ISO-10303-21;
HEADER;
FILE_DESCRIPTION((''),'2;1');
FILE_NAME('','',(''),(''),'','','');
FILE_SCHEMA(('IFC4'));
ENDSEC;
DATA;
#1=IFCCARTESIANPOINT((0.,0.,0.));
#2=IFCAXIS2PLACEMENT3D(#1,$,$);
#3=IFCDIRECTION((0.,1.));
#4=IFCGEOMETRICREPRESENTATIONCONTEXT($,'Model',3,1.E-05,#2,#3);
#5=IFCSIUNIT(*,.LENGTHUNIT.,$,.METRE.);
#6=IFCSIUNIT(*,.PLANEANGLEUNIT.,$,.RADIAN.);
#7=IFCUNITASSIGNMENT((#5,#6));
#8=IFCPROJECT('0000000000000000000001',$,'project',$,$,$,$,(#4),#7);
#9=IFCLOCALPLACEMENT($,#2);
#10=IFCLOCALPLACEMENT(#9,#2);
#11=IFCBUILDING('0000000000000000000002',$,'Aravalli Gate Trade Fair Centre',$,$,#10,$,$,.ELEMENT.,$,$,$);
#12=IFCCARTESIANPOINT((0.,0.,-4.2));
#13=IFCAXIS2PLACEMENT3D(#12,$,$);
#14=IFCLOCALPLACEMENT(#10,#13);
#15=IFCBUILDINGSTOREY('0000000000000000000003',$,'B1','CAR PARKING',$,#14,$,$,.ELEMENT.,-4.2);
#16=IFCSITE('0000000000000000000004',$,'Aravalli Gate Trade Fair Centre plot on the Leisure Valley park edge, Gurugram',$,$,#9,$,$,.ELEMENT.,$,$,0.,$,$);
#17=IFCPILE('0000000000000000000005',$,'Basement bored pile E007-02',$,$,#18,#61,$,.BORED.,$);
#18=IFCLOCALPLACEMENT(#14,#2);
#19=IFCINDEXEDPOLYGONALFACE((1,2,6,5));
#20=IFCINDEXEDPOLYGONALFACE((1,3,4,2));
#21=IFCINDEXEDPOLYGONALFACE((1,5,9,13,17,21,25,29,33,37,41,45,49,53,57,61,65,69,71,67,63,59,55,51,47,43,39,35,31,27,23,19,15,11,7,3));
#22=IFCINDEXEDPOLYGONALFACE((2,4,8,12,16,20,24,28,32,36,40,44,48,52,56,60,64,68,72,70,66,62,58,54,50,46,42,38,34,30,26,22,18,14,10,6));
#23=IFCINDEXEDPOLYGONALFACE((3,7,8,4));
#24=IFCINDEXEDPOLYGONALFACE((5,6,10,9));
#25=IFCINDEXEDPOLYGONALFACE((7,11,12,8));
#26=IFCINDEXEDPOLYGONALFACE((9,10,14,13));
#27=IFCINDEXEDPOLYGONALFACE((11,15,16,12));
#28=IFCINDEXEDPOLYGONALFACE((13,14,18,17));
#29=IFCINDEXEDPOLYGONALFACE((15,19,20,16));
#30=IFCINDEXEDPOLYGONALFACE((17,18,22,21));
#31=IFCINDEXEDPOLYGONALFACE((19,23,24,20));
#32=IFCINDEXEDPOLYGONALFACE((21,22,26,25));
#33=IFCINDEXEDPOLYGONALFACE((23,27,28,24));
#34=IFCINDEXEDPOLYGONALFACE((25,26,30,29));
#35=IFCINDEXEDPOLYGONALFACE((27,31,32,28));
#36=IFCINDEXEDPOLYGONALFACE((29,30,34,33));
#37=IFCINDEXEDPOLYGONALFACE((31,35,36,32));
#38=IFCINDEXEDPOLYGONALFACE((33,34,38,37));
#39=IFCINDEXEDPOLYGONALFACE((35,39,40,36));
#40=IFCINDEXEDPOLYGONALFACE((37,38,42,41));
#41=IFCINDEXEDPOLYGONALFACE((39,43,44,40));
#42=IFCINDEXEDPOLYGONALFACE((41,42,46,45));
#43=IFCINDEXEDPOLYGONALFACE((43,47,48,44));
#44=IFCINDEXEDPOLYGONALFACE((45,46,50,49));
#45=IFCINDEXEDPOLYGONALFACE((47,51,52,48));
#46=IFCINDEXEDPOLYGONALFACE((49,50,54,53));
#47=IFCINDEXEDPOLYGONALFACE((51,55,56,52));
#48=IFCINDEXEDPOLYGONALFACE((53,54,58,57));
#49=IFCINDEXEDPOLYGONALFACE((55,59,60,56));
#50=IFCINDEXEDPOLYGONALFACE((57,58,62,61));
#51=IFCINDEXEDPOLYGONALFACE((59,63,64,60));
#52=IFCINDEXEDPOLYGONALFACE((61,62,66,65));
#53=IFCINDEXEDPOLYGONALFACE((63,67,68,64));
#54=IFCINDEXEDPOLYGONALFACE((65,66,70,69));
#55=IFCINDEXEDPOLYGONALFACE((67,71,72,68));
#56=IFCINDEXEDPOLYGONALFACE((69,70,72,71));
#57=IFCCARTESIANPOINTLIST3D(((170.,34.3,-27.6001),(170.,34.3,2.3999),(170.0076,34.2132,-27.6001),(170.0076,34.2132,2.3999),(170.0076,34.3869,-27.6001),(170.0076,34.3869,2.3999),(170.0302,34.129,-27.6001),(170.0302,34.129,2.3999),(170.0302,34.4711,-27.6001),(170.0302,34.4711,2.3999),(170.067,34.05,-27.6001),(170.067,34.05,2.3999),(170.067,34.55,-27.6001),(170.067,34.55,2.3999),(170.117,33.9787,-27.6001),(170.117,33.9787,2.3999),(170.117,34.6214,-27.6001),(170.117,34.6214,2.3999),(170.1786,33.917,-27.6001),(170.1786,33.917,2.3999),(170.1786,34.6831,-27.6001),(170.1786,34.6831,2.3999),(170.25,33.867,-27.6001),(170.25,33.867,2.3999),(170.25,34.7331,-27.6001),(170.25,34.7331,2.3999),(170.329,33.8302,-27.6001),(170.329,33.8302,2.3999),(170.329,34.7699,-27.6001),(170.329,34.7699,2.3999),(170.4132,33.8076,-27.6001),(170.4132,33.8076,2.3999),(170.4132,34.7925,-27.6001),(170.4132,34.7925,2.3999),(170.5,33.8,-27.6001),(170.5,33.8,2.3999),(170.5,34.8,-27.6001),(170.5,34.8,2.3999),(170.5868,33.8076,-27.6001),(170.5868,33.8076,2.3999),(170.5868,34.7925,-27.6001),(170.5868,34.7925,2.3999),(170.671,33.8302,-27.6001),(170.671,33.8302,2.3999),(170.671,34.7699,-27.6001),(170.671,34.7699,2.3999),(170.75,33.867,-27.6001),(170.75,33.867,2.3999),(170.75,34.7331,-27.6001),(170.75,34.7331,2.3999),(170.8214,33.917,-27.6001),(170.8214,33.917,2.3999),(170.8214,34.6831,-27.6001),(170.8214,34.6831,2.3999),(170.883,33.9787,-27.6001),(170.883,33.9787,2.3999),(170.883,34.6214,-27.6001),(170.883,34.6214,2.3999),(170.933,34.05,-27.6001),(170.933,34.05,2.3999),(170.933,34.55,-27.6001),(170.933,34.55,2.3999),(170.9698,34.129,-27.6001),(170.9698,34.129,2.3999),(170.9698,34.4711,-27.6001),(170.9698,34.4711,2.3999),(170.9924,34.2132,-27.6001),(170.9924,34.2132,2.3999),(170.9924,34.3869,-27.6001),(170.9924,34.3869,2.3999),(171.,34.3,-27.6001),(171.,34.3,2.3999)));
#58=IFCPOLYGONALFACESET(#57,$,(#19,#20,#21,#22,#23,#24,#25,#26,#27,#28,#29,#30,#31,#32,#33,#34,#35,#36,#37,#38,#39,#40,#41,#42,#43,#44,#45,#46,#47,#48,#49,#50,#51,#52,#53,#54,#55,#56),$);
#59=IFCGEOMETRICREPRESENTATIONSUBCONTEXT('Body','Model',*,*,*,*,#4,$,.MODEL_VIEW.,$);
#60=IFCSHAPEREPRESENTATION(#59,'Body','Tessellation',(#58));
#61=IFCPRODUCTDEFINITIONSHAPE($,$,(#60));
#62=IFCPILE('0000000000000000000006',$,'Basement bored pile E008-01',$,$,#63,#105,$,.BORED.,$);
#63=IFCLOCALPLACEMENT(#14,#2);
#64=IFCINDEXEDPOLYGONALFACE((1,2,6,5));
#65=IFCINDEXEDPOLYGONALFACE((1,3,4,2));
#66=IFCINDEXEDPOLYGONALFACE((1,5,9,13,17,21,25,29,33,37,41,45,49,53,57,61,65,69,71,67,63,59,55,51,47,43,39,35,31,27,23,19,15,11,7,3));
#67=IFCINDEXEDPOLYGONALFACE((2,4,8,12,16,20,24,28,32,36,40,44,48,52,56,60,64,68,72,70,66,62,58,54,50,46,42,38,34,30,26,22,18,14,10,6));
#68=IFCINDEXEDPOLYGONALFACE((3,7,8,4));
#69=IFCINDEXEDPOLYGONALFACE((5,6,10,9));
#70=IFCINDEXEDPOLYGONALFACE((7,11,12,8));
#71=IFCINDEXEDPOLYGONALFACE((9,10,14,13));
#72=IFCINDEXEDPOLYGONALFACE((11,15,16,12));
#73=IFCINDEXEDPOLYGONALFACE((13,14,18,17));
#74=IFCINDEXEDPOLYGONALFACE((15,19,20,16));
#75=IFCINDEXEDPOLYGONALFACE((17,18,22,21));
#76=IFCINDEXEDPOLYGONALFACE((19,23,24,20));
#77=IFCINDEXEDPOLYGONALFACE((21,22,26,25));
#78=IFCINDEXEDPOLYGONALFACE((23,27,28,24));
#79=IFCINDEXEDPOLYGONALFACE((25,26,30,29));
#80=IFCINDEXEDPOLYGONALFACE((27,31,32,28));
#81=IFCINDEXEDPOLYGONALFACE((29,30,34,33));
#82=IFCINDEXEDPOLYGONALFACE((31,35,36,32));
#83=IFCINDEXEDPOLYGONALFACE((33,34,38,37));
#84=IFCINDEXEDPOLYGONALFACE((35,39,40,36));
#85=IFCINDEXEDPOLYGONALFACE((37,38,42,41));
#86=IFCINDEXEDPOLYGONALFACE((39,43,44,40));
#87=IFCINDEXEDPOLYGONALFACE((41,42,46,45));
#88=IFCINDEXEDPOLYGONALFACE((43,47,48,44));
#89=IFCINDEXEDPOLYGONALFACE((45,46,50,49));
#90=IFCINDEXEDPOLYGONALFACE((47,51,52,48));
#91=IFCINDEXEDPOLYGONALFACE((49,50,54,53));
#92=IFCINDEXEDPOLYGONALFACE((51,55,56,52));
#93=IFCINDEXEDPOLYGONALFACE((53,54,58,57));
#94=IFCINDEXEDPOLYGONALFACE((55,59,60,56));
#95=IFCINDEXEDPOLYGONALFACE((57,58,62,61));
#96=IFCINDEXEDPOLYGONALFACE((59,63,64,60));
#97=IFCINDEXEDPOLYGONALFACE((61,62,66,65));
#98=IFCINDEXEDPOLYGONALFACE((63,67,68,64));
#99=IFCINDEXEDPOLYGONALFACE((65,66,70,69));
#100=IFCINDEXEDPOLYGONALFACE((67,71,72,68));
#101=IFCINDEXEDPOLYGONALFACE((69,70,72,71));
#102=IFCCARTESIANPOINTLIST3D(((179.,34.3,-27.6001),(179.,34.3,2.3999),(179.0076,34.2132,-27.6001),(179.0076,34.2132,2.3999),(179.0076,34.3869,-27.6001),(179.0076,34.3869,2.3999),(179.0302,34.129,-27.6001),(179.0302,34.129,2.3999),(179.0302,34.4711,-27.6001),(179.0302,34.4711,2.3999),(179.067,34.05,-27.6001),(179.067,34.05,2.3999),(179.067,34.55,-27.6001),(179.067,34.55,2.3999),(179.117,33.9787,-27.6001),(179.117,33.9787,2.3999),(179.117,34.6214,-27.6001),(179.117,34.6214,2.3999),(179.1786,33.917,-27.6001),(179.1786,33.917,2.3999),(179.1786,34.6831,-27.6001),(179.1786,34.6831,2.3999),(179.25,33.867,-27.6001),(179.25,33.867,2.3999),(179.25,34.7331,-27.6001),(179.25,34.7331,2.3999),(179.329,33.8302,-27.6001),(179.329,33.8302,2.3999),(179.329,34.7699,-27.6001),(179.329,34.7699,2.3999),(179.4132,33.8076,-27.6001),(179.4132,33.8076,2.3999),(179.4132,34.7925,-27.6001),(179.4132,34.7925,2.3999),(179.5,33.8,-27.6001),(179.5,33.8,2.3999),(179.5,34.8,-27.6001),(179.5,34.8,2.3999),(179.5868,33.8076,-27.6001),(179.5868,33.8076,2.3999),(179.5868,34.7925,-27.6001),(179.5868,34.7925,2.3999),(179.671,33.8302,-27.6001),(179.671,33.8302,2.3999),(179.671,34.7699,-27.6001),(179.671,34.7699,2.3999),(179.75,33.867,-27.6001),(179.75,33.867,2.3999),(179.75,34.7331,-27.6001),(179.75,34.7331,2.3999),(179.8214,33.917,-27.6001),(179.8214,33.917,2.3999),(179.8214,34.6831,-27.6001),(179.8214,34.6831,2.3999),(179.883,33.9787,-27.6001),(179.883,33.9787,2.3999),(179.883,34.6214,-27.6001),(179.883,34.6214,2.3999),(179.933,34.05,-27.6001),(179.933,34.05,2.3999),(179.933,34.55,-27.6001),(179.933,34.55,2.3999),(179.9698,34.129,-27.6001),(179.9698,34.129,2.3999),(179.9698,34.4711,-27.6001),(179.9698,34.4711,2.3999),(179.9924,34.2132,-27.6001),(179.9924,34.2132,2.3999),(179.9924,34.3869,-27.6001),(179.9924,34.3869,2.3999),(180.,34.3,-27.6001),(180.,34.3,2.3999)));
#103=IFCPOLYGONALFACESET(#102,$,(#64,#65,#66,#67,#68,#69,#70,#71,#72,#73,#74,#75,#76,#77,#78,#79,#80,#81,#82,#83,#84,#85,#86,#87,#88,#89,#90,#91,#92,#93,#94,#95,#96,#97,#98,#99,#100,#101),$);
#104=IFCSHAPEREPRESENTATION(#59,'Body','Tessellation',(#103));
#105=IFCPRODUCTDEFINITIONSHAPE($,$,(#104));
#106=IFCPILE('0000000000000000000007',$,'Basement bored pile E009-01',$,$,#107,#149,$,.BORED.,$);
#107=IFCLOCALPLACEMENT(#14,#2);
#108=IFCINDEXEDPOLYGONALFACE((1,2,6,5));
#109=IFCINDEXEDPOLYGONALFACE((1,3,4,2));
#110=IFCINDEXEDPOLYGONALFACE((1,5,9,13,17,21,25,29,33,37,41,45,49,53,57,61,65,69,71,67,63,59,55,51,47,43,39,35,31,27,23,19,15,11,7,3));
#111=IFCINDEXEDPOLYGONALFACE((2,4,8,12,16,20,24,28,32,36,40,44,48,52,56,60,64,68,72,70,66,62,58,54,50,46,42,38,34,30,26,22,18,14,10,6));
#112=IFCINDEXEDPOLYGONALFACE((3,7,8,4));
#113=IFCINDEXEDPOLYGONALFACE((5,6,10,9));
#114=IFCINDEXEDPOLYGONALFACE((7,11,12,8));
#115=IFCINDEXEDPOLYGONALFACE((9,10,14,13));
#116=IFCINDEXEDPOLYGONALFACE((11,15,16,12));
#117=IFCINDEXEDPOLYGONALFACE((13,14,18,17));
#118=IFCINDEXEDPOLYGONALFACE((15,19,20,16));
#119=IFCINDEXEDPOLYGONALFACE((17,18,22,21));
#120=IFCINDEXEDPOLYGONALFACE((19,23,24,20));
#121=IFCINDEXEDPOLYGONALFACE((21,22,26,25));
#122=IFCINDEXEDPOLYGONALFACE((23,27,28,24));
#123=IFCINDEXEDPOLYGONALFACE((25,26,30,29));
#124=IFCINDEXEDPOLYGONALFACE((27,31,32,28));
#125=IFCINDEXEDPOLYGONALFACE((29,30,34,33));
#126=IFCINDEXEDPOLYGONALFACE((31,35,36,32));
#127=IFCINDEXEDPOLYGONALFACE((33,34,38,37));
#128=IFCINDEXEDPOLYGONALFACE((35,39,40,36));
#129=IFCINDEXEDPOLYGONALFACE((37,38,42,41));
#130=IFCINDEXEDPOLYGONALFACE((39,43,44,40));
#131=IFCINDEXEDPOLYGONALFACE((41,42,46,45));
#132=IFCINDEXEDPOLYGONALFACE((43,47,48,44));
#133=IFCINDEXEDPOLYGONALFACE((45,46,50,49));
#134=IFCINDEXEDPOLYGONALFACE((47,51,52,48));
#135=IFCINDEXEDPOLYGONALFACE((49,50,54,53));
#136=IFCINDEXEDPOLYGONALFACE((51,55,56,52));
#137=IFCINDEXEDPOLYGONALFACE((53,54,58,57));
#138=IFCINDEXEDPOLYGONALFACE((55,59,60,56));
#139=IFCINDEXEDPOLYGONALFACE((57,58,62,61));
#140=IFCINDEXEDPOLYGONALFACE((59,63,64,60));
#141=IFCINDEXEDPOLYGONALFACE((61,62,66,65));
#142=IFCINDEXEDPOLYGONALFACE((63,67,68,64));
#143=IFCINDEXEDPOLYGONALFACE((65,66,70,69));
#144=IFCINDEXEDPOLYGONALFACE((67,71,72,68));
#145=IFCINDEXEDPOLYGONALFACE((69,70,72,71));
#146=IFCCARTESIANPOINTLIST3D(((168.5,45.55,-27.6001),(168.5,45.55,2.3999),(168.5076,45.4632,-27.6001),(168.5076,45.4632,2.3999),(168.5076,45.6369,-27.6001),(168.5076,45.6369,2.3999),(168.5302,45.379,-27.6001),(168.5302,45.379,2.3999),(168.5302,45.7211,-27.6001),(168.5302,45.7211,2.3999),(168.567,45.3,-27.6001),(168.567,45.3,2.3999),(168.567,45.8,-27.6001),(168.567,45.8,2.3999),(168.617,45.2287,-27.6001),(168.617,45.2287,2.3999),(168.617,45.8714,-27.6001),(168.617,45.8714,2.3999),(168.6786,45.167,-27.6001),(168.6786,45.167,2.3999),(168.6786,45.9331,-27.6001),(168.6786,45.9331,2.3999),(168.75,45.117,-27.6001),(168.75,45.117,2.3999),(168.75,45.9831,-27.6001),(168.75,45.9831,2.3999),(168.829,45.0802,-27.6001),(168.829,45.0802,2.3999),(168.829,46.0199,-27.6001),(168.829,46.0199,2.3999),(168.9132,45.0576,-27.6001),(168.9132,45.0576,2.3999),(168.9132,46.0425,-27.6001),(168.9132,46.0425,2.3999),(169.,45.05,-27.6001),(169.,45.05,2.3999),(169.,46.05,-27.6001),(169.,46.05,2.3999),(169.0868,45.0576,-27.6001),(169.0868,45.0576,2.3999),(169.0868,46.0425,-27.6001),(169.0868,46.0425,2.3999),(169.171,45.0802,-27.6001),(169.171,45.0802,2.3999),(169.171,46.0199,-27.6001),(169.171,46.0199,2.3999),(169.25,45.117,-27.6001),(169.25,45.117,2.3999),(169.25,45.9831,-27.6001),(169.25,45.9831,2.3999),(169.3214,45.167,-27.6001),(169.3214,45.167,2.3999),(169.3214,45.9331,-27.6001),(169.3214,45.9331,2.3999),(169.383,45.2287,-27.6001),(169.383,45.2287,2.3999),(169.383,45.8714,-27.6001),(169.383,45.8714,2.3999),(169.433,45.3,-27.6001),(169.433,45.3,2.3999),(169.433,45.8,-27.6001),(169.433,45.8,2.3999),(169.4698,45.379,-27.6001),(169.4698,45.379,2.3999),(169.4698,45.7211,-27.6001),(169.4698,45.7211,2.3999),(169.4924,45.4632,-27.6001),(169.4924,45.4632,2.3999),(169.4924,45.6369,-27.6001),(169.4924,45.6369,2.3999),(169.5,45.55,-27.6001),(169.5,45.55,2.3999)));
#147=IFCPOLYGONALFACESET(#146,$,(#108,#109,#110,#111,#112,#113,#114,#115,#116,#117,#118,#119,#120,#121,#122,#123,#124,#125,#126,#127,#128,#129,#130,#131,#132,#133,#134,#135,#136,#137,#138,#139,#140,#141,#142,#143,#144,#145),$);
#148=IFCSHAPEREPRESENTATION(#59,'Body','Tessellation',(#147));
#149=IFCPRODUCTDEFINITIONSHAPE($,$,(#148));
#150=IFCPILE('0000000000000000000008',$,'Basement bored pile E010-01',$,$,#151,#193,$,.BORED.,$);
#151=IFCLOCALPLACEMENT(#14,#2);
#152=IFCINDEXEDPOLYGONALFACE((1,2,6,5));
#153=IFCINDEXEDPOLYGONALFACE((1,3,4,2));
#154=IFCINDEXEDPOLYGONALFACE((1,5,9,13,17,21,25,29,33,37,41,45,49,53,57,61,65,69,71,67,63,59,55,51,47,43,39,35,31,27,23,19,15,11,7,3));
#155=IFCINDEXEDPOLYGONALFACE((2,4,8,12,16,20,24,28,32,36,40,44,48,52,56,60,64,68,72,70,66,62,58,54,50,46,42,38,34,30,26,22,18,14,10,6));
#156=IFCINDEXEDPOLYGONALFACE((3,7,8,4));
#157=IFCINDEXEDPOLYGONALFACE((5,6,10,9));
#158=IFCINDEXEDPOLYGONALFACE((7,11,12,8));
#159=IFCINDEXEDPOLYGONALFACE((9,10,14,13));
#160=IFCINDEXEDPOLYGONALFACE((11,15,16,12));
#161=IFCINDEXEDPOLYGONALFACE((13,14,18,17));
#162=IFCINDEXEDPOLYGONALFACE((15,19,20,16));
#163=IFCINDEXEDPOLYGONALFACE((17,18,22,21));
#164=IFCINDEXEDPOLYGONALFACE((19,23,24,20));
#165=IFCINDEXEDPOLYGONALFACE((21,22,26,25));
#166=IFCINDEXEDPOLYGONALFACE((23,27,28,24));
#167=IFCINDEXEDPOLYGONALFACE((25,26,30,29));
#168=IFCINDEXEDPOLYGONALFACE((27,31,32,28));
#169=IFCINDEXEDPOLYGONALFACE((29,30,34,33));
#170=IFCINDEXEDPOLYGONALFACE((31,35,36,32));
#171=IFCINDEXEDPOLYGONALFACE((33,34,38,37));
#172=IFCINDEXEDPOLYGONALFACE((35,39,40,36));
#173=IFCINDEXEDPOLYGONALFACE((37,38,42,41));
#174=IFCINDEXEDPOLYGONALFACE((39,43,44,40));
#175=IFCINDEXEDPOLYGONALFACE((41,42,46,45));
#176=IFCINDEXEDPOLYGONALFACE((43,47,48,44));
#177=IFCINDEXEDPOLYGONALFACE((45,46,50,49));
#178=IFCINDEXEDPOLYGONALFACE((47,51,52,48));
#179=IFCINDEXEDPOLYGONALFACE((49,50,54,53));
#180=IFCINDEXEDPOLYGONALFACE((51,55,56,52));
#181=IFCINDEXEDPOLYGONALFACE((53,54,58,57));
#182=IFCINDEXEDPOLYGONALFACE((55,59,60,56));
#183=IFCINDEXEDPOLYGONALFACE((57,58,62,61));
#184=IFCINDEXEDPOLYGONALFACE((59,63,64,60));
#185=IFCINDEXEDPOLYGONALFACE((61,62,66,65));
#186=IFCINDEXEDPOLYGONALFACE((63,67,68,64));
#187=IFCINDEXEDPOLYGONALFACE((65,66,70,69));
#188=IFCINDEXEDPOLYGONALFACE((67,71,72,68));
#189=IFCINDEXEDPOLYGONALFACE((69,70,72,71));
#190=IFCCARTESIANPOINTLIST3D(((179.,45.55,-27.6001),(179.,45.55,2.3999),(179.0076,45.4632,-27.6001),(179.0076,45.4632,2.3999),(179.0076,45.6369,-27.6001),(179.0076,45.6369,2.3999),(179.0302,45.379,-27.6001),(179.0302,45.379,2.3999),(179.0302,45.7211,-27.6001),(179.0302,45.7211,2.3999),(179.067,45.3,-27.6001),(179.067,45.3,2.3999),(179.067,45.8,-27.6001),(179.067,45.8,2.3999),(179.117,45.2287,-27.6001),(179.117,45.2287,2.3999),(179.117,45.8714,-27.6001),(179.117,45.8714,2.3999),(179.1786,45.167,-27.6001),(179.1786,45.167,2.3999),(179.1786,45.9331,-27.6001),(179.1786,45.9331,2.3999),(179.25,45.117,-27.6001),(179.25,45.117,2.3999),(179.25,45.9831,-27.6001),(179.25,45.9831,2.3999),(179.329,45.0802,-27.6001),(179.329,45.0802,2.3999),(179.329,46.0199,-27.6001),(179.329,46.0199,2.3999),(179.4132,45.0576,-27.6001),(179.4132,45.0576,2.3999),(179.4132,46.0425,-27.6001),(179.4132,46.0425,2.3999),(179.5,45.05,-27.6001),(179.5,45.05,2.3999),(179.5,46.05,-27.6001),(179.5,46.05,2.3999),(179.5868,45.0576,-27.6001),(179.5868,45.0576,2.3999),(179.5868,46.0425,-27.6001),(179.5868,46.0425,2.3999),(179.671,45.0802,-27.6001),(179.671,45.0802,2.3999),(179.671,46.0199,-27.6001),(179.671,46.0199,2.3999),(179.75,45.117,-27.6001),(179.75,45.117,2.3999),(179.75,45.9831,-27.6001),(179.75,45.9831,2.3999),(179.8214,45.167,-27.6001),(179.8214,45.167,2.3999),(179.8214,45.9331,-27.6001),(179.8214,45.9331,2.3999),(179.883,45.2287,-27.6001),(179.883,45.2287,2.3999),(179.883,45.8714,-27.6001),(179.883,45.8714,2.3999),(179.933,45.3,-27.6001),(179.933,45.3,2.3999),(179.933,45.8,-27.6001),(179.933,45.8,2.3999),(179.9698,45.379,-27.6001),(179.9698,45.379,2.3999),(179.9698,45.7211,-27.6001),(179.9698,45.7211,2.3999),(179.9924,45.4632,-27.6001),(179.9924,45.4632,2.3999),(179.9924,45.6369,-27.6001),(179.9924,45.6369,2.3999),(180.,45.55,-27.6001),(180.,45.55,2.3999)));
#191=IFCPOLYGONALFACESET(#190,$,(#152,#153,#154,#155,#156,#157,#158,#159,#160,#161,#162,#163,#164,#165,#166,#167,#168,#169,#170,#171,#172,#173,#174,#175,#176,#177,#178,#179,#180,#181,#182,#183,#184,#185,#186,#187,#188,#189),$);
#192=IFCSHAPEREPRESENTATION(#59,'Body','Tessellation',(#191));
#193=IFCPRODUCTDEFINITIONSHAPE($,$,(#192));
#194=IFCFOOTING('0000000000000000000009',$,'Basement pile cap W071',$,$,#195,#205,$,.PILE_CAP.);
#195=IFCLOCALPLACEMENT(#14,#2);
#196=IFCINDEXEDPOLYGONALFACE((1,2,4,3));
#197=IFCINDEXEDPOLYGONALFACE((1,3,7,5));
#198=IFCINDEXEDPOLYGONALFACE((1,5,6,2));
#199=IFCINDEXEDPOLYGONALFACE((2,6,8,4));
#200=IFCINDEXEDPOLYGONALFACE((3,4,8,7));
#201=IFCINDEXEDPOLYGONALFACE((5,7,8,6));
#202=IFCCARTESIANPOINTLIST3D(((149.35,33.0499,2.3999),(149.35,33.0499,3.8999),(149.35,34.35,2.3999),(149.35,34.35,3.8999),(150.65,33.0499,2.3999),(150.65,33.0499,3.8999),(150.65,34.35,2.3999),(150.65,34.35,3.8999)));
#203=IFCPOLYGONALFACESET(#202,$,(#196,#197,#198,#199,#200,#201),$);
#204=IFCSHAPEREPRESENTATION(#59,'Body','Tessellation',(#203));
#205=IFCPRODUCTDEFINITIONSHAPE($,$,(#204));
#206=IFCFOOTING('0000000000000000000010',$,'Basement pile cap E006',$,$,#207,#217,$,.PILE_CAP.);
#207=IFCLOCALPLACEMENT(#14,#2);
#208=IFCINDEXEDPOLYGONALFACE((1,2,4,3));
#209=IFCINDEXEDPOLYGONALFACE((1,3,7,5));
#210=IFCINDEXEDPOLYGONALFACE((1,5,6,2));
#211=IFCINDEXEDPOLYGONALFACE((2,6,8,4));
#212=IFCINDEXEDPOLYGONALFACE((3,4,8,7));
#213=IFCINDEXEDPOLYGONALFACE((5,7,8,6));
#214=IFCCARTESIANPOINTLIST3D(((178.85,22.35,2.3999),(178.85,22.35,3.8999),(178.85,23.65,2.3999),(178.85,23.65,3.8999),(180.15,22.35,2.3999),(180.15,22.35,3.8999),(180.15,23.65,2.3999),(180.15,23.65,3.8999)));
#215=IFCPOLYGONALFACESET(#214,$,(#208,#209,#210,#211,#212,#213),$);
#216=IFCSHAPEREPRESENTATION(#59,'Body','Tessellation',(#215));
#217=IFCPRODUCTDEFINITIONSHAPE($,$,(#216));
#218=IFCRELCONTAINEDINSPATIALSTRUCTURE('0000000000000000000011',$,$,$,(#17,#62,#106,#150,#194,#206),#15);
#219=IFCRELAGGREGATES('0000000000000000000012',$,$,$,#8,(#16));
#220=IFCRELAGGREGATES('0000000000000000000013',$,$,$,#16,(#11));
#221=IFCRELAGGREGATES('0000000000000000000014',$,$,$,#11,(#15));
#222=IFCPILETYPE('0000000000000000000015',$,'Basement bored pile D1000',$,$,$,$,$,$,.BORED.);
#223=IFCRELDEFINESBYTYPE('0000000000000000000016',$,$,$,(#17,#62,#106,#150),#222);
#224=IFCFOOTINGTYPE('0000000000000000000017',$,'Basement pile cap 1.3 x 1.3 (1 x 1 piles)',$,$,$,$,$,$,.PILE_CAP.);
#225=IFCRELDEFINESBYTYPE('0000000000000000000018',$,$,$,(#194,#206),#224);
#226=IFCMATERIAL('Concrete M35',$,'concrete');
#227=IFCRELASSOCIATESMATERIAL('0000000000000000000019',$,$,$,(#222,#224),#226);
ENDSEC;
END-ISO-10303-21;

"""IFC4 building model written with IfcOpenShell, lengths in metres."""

from ifc_helpers import new_model, si_unit, direction, frame, origin, origin_2d, place, context, subcontext, project, spatial, rectangle, circle, extrude, material, material_profile, profile_set, type_object, element, save


model = new_model("IFC4")

# Units and contexts
model_context = context("Model", 3, precision=1e-05, world=origin(), true_north=direction((0.0, 1.0)))
body_context = subcontext(model_context, "Body", "Model", "MODEL_VIEW")
ifc_project = project(units=[si_unit("LENGTHUNIT", "METRE"), si_unit("PLANEANGLEUNIT", "RADIAN")], contexts=[model_context])

# Site, building, storey
site_placement = place(None, origin())
site = spatial("IfcSite", under=ifc_project, at=site_placement, Name="Aravalli Gate Trade Fair Centre plot on the Leisure Valley park edge, Gurugram", CompositionType="ELEMENT", RefElevation=0.0)
building_placement = place(site_placement, origin())
building = spatial("IfcBuilding", under=site, at=building_placement, Name="Aravalli Gate Trade Fair Centre", CompositionType="ELEMENT")
storey_placement = place(building_placement, frame((0.0, 0.0, -4.2)))
storey = spatial("IfcBuildingStorey", under=building, at=storey_placement, Name="B1", Description="CAR PARKING", CompositionType="ELEMENT", Elevation=-4.2)

# Piles
ifc_material_1 = material(Name="Concrete M35", Category="concrete")
ifc_material_profile = material_profile(ifc_material_1, circle(Radius=0.5, at=origin_2d()), Name="D1000")
ifc_profile_set = profile_set([ifc_material_profile], Name="Concrete M35")
pile_type = type_object("IfcPileType", Name="Basement bored pile D1000", PredefinedType="BORED", material=ifc_profile_set)
for number, where, z_axis, x_axis, name in (
    (1, (170.5, 34.3, 2.3999), (0.0, 0.0, -1.0), (1.0, 0.0, 0.0), "Basement bored pile E007-02"),
    (2, (179.5, 34.3, 2.3999), (0.0, 0.0, -1.0), (1.0, 0.0, 0.0), "Basement bored pile E008-01"),
    (3, (169.0, 45.55, 2.3999), (0.0, 0.0, -1.0), (1.0, 0.0, 0.0), "Basement bored pile E009-01"),
    (4, (179.5, 45.55, 2.3999), (0.0, 0.0, -1.0), (1.0, 0.0, 0.0), "Basement bored pile E010-01"),
):
    element("IfcPile", number, at=place(storey_placement, frame(where, z_axis=z_axis, x_axis=x_axis)), inside=storey, type_object=pile_type, Name=name, PredefinedType="BORED", context=body_context, shape_type="SweptSolid", body=[
        extrude(circle(Radius=0.5, at=origin_2d()), origin(), (0.0, 0.0, 1.0), 30.0),
    ])

# Footings
footing_type_1 = type_object("IfcFootingType", Name="Basement pile cap 1.3 x 1.3 (1 x 1 piles)", PredefinedType="PILE_CAP", material=ifc_material_1)
for number, where, z_axis, x_axis, name in (
    (5, (150.0, 33.7, 2.3999), (0.0, 0.0, 1.0), (1.0, 0.0, 0.0), "Basement pile cap W071"),
    (6, (179.5, 23.0, 2.3999), (0.0, 0.0, 1.0), (1.0, 0.0, 0.0), "Basement pile cap E006"),
):
    element("IfcFooting", number, at=place(storey_placement, frame(where, z_axis=z_axis, x_axis=x_axis)), inside=storey, type_object=footing_type_1, Name=name, PredefinedType="PILE_CAP", context=body_context, shape_type="SweptSolid", body=[
        extrude(rectangle(XDim=1.3, YDim=1.3, at=origin_2d()), origin(), (0.0, 0.0, 1.0), 1.5),
    ])

save(model, "model.ifc")
